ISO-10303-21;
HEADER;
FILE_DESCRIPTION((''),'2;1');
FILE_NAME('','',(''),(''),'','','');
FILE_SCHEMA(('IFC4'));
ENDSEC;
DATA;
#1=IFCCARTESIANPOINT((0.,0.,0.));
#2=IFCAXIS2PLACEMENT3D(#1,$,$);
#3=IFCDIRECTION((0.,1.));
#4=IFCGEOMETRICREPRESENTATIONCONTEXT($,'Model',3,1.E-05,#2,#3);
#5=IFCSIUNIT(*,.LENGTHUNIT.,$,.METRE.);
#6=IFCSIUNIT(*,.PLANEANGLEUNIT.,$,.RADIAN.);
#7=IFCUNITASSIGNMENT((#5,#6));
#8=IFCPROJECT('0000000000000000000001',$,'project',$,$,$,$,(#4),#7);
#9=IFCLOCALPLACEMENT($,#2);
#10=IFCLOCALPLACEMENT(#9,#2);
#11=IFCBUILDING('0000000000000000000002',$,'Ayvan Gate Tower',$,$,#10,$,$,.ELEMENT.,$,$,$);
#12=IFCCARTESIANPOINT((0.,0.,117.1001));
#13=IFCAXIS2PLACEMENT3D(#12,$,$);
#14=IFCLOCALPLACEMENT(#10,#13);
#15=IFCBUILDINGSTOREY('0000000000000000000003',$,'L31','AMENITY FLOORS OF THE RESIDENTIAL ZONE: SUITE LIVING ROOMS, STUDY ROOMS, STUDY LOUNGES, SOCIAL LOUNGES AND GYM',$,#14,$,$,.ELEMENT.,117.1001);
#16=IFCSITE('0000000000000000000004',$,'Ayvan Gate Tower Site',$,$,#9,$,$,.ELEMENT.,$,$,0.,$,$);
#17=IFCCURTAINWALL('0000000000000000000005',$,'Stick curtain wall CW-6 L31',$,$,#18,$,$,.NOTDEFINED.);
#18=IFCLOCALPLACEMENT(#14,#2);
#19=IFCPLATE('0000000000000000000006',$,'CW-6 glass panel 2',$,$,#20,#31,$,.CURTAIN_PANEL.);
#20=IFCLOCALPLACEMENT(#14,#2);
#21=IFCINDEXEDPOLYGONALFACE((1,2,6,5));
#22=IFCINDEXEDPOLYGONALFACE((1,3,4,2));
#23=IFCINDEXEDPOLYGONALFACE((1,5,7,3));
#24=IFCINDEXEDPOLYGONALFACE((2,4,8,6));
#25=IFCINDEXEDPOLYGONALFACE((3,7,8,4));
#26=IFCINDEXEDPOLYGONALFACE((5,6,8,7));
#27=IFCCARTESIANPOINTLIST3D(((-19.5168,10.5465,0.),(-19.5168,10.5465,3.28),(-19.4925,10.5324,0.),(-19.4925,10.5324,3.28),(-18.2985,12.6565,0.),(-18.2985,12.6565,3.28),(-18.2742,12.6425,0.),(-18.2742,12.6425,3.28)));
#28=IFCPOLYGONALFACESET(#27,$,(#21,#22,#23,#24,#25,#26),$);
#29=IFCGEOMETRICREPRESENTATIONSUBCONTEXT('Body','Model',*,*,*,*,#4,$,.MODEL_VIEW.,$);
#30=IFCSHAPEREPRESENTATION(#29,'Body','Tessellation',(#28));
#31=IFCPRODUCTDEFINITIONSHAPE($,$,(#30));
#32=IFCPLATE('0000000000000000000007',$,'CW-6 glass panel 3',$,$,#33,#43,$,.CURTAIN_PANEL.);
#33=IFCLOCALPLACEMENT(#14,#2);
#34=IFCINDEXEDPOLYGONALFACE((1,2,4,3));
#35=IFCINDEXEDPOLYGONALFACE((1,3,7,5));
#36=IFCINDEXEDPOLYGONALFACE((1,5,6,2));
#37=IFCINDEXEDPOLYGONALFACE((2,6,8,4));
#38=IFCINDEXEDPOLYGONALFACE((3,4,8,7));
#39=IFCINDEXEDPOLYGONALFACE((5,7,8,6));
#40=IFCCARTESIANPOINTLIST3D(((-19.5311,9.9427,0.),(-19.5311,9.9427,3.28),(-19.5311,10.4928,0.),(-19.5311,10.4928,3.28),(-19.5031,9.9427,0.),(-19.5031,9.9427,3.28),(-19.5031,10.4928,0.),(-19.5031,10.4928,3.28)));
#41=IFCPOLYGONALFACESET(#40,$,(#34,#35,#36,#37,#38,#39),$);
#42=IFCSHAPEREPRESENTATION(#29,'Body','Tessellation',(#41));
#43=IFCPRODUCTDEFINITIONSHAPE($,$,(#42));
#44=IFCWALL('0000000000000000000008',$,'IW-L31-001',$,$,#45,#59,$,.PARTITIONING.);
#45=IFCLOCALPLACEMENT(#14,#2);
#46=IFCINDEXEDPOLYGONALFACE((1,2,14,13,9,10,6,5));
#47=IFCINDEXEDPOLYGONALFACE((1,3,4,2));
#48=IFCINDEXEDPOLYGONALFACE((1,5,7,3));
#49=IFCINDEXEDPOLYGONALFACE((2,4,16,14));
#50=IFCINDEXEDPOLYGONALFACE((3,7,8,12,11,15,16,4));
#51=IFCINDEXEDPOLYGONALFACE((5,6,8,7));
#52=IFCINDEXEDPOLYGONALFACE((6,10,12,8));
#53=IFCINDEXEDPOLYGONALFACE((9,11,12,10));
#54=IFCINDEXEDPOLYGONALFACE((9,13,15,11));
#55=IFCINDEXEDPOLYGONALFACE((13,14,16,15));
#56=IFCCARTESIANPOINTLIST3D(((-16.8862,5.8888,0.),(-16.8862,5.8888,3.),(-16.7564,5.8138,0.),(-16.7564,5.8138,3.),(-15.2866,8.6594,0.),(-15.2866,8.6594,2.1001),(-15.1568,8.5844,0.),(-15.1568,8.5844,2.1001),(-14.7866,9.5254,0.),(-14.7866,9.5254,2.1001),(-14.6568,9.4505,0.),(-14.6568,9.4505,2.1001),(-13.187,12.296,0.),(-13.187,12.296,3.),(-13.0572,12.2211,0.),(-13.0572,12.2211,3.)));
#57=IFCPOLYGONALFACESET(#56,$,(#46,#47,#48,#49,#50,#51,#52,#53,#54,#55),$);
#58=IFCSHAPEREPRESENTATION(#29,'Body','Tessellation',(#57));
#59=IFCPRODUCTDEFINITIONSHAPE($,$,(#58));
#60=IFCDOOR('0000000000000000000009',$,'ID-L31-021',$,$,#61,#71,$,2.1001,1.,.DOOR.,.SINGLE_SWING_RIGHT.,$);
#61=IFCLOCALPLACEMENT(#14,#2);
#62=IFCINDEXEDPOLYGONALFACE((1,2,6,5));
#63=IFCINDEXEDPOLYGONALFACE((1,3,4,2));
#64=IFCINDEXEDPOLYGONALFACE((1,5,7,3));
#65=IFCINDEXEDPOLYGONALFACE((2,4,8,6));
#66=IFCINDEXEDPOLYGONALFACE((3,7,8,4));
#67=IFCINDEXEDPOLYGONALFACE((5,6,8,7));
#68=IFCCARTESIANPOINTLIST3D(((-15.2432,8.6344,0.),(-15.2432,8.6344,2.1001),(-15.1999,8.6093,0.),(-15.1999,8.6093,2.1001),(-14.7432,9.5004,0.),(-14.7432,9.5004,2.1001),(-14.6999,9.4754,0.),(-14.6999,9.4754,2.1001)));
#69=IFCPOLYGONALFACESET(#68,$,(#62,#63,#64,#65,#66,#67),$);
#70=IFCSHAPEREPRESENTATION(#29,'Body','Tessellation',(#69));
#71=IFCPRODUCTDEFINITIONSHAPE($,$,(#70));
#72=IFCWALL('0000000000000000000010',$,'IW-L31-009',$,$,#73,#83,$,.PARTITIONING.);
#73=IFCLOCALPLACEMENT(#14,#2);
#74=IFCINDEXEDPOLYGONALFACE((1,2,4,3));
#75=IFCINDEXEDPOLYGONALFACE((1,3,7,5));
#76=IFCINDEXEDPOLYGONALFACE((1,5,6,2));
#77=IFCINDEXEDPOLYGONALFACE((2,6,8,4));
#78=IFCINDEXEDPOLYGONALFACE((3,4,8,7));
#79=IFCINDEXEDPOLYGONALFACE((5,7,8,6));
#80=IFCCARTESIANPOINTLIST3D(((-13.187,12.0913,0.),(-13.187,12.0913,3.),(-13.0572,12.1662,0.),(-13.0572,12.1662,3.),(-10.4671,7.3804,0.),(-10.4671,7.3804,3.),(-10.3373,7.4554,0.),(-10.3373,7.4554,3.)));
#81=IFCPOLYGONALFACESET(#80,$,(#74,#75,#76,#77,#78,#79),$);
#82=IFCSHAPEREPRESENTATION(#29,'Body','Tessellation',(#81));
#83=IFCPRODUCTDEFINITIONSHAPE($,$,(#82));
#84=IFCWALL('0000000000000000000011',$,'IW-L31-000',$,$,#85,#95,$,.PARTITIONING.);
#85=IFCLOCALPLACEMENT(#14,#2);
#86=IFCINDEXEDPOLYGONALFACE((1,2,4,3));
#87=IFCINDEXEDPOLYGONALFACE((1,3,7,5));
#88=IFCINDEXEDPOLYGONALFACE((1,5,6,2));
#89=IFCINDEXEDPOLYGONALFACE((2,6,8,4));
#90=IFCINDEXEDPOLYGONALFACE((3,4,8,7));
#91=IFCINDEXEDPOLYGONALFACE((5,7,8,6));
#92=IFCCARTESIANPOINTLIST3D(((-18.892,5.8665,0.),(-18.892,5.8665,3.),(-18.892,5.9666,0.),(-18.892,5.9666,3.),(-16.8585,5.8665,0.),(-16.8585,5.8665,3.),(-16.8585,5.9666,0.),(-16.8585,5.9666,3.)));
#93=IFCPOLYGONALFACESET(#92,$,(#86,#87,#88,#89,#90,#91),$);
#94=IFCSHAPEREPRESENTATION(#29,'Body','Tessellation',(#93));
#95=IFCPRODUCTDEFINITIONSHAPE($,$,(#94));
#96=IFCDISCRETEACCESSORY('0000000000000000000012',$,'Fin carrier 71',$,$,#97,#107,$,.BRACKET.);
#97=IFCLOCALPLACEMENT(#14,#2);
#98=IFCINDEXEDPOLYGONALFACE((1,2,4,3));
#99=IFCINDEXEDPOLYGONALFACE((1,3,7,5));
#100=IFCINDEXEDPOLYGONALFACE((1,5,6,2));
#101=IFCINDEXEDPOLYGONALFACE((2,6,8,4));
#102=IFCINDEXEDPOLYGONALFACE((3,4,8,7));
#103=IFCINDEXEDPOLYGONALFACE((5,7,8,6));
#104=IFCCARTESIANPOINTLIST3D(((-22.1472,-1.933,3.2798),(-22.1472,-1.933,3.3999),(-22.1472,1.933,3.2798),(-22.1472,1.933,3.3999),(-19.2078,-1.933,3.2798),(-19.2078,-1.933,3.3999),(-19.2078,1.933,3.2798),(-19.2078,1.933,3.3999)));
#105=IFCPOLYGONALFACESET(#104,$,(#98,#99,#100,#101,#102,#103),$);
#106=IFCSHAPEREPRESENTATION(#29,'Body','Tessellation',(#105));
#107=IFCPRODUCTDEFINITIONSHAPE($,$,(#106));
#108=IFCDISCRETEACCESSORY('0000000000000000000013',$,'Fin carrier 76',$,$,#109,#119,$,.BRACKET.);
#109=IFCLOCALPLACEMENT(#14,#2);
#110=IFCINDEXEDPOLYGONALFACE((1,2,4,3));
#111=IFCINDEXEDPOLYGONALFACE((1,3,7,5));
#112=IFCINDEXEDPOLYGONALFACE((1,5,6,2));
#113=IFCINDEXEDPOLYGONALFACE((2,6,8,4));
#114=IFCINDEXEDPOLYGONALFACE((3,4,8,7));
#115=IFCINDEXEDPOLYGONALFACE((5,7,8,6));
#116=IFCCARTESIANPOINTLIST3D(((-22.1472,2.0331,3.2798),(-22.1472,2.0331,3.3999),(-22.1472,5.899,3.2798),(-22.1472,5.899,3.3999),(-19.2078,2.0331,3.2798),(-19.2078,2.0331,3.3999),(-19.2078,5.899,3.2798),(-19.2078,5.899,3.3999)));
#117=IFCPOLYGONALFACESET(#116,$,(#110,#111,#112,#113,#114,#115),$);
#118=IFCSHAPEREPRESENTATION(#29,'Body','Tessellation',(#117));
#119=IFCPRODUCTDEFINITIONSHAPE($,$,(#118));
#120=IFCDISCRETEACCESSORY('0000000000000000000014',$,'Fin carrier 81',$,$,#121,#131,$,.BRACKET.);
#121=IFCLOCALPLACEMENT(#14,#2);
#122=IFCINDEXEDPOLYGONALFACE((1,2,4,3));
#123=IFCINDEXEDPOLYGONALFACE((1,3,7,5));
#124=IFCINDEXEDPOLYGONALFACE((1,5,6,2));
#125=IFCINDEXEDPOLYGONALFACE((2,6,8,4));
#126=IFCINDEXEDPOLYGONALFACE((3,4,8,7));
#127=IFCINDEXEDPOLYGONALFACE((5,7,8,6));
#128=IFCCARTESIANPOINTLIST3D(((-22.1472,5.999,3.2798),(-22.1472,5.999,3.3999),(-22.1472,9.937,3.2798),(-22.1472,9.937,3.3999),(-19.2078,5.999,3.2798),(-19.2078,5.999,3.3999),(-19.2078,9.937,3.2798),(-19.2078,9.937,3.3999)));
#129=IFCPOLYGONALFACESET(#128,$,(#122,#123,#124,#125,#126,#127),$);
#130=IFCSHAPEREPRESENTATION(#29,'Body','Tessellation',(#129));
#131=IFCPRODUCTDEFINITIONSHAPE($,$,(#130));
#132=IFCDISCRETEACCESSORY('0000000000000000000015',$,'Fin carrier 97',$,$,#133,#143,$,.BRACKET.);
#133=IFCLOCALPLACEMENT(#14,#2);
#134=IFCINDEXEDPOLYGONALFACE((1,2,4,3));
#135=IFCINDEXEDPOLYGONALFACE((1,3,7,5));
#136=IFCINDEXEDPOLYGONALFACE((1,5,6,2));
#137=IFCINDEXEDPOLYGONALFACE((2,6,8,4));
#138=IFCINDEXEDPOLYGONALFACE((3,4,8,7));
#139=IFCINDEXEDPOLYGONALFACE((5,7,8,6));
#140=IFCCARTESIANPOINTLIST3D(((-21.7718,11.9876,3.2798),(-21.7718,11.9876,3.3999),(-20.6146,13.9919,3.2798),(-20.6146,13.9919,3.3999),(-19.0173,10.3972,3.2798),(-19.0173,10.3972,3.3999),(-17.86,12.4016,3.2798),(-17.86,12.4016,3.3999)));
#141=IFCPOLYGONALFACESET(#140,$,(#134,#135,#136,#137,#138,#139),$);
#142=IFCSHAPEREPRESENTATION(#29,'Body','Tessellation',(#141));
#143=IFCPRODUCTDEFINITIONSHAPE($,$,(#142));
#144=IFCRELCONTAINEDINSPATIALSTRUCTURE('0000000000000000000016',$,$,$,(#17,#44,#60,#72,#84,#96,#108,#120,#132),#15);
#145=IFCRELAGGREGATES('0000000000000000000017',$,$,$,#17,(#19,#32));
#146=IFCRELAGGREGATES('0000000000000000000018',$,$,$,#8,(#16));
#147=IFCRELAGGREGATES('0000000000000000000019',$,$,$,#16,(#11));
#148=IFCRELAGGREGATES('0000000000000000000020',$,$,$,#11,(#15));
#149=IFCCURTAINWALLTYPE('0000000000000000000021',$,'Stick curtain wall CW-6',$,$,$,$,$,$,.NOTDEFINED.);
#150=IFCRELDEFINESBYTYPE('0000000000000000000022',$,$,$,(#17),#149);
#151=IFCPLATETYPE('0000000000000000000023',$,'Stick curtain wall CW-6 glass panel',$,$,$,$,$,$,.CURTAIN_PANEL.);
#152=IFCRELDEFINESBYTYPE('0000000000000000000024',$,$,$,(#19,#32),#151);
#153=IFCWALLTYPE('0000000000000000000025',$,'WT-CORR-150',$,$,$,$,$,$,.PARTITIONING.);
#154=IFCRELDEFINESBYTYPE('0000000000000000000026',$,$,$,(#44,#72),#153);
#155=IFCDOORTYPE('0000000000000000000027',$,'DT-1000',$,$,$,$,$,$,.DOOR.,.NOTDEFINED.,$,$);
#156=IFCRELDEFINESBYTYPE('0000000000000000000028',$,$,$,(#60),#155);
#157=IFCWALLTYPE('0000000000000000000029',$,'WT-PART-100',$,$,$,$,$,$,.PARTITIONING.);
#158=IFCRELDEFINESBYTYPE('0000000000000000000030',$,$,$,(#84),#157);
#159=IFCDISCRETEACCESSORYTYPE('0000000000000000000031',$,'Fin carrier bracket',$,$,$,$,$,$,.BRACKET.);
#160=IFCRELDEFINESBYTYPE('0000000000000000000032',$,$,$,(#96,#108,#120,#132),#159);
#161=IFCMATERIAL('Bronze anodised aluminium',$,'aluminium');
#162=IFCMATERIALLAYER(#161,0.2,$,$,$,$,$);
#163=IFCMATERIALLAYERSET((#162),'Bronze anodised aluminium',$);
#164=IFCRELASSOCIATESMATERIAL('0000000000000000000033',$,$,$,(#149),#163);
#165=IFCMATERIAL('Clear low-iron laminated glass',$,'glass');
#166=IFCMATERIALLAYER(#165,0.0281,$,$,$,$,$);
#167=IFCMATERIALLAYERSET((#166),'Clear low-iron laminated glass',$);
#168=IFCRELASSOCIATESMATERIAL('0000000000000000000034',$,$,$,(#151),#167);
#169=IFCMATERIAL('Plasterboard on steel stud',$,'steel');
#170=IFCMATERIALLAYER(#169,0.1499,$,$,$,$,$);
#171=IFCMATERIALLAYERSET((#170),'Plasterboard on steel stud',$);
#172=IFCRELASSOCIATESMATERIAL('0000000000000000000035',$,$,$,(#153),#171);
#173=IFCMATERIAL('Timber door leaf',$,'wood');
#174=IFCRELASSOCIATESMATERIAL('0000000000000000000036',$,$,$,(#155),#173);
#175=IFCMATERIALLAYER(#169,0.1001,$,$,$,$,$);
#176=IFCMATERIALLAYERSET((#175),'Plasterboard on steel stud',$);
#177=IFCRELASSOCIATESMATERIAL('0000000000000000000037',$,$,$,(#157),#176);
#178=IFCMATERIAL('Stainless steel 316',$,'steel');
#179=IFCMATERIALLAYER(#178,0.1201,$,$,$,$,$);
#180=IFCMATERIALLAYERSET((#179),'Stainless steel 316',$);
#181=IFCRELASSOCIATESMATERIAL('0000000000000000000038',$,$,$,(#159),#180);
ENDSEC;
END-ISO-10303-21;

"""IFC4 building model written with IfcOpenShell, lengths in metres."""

from ifc_helpers import new_model, si_unit, direction, frame, frame_2d, origin, origin_2d, place, context, subcontext, project, spatial, rectangle, extrude, material, layer, layer_set, type_object, element, fill, aggregate, save


model = new_model("IFC4")

# Units and contexts
model_context = context("Model", 3, precision=1e-05, world=origin(), true_north=direction((0.0, 1.0)))
body_context = subcontext(model_context, "Body", "Model", "MODEL_VIEW")
ifc_project = project(units=[si_unit("LENGTHUNIT", "METRE"), si_unit("PLANEANGLEUNIT", "RADIAN")], contexts=[model_context])

# Site, building, storey
site_placement = place(None, origin())
site = spatial("IfcSite", under=ifc_project, at=site_placement, Name="Ayvan Gate Tower Site", CompositionType="ELEMENT", RefElevation=0.0)
building_placement = place(site_placement, origin())
building = spatial("IfcBuilding", under=site, at=building_placement, Name="Ayvan Gate Tower", CompositionType="ELEMENT")
storey_placement = place(building_placement, frame((0.0, 0.0, 117.1001)))
storey = spatial("IfcBuildingStorey", under=building, at=storey_placement, Name="L31", Description="AMENITY FLOORS OF THE RESIDENTIAL ZONE: SUITE LIVING ROOMS, STUDY ROOMS, STUDY LOUNGES, SOCIAL LOUNGES AND GYM", CompositionType="ELEMENT", Elevation=117.1001)

# Curtain wall
ifc_material_1 = material(Name="Bronze anodised aluminium", Category="aluminium")
ifc_layer_1 = layer(ifc_material_1, 0.2)
ifc_layer_set_1 = layer_set([ifc_layer_1], Name="Bronze anodised aluminium")
curtain_wall_type_1 = type_object("IfcCurtainWallType", Name="Stick curtain wall CW-6", PredefinedType="NOTDEFINED", material=ifc_layer_set_1)
curtain_wall_1_placement = place(storey_placement, origin())
curtain_wall_1 = element("IfcCurtainWall", 1, at=curtain_wall_1_placement, inside=storey, type_object=curtain_wall_type_1, Name="Stick curtain wall CW-6 L31", PredefinedType="NOTDEFINED")

# Plates
ifc_material_2 = material(Name="Clear low-iron laminated glass", Category="glass")
ifc_layer_2 = layer(ifc_material_2, 0.0281)
ifc_layer_set_2 = layer_set([ifc_layer_2], Name="Clear low-iron laminated glass")
plate_type_1 = type_object("IfcPlateType", Name="Stick curtain wall CW-6 glass panel", PredefinedType="CURTAIN_PANEL", material=ifc_layer_set_2)
plate_1_placement = place(storey_placement, frame((-18.8955, 11.5945, 0.0), z_axis=(0.0, 0.0, 1.0), x_axis=(-0.5, -0.866025, 0.0)))
plate_1 = element("IfcPlate", 2, at=plate_1_placement, type_object=plate_type_1, Name="CW-6 glass panel 2", PredefinedType="CURTAIN_PANEL", context=body_context, shape_type="SweptSolid", body=[
    extrude(rectangle(XDim=2.4365, YDim=0.0281, at=origin_2d()), origin(), (0.0, 0.0, 1.0), 3.28),
])
plate_2_placement = place(storey_placement, frame((-19.5171, 10.2178, 0.0), z_axis=(0.0, 0.0, 1.0), x_axis=(0.0, -1.0, 0.0)))
plate_2 = element("IfcPlate", 3, at=plate_2_placement, type_object=plate_type_1, Name="CW-6 glass panel 3", PredefinedType="CURTAIN_PANEL", context=body_context, shape_type="SweptSolid", body=[
    extrude(rectangle(XDim=0.55, YDim=0.0281, at=origin_2d()), origin(), (0.0, 0.0, 1.0), 3.28),
])
aggregate(curtain_wall_1, [plate_1, plate_2])

# Wall, opening, door
ifc_material_3 = material(Name="Plasterboard on steel stud", Category="steel")
ifc_layer_3 = layer(ifc_material_3, 0.1499)
ifc_layer_set_3 = layer_set([ifc_layer_3], Name="Plasterboard on steel stud")
wall_type_1 = type_object("IfcWallType", Name="WT-CORR-150", PredefinedType="PARTITIONING", material=ifc_layer_set_3)
wall_1_placement = place(storey_placement, frame((-16.8213, 5.8513, 0.0), z_axis=(0.0, 0.0, 1.0), x_axis=(0.5, 0.866025, 0.0)))
wall_1 = element("IfcWall", 4, at=wall_1_placement, inside=storey, type_object=wall_type_1, Name="IW-L31-001", PredefinedType="PARTITIONING", context=body_context, shape_type="SweptSolid", body=[
    extrude(rectangle(XDim=7.3984, YDim=0.1499, at=frame_2d((3.6992, 0.0))), origin(), (0.0, 0.0, 1.0), 3.0),
])
opening_placement = place(wall_1_placement, frame((3.1992, 0.0, 0.0)))
opening = element("IfcOpeningElement", 5, at=opening_placement, cuts=wall_1, PredefinedType="OPENING", context=body_context, shape_type="SweptSolid", body=[
    extrude(rectangle(XDim=1.0, YDim=2.1001, at=frame_2d((0.5, 1.05))), frame((0.0, 0.085, 0.0), z_axis=(0.0, -1.0, 0.0), x_axis=(1.0, 0.0, 0.0)), (0.0, 0.0, 1.0), 0.1699),
])
ifc_material_4 = material(Name="Timber door leaf", Category="wood")
door_type = type_object("IfcDoorType", Name="DT-1000", OperationType="NOTDEFINED", PredefinedType="DOOR", material=ifc_material_4)
door_placement = place(opening_placement, origin())
door = element("IfcDoor", 6, at=door_placement, inside=storey, type_object=door_type, Name="ID-L31-021", OperationType="SINGLE_SWING_RIGHT", OverallHeight=2.1001, OverallWidth=1.0, PredefinedType="DOOR", context=body_context, shape_type="SweptSolid", body=[
    extrude(rectangle(XDim=1.0, YDim=2.1001, at=frame_2d((0.5, 1.05))), frame((0.0, 0.0249, 0.0), z_axis=(0.0, -1.0, 0.0), x_axis=(1.0, 0.0, 0.0)), (0.0, 0.0, 1.0), 0.05),
])
fill(opening, door)

# Walls
wall_2_placement = place(storey_placement, frame((-13.1221, 12.1287, 0.0), z_axis=(0.0, 0.0, 1.0), x_axis=(0.500015, -0.866017, 0.0)))
element("IfcWall", 7, at=wall_2_placement, inside=storey, type_object=wall_type_1, Name="IW-L31-009", PredefinedType="PARTITIONING", context=body_context, shape_type="SweptSolid", body=[
    extrude(rectangle(XDim=5.4397, YDim=0.1499, at=frame_2d((2.7197, 0.0))), origin(), (0.0, 0.0, 1.0), 3.0),
])
ifc_layer_4 = layer(ifc_material_3, 0.1001)
ifc_layer_set_4 = layer_set([ifc_layer_4], Name="Plasterboard on steel stud")
wall_type_2 = type_object("IfcWallType", Name="WT-PART-100", PredefinedType="PARTITIONING", material=ifc_layer_set_4)
wall_3_placement = place(storey_placement, frame((-16.8586, 5.9165, 0.0), z_axis=(0.0, 0.0, 1.0), x_axis=(-1.0, 0.0, 0.0)))
element("IfcWall", 8, at=wall_3_placement, inside=storey, type_object=wall_type_2, Name="IW-L31-000", PredefinedType="PARTITIONING", context=body_context, shape_type="SweptSolid", body=[
    extrude(rectangle(XDim=2.0334, YDim=0.1001, at=frame_2d((1.0166, 0.0))), origin(), (0.0, 0.0, 1.0), 3.0),
])

# Discrete accessories
ifc_material_5 = material(Name="Stainless steel 316", Category="steel")
ifc_layer_5 = layer(ifc_material_5, 0.1201)
ifc_layer_set_5 = layer_set([ifc_layer_5], Name="Stainless steel 316")
discrete_accessory_type = type_object("IfcDiscreteAccessoryType", Name="Fin carrier bracket", PredefinedType="BRACKET", material=ifc_layer_set_5)
for number, where, z_axis, x_axis, name in (
    (9, (-20.6775, 0.0, 3.2798), (0.0, 0.0, 1.0), (0.0, -1.0, 0.0), "Fin carrier 71"),
    (10, (-20.6775, 3.9661, 3.2798), (0.0, 0.0, 1.0), (0.0, -1.0, 0.0), "Fin carrier 76"),
):
    element("IfcDiscreteAccessory", number, at=place(storey_placement, frame(where, z_axis=z_axis, x_axis=x_axis)), inside=storey, type_object=discrete_accessory_type, Name=name, PredefinedType="BRACKET", context=body_context, shape_type="SweptSolid", body=[
        extrude(rectangle(XDim=3.866, YDim=2.9395, at=origin_2d()), origin(), (0.0, 0.0, 1.0), 0.1201),
    ])
discrete_accessory_1_placement = place(storey_placement, frame((-20.6775, 7.968, 3.2798), z_axis=(0.0, 0.0, 1.0), x_axis=(0.0, -1.0, 0.0)))
element("IfcDiscreteAccessory", 11, at=discrete_accessory_1_placement, inside=storey, type_object=discrete_accessory_type, Name="Fin carrier 81", PredefinedType="BRACKET", context=body_context, shape_type="SweptSolid", body=[
    extrude(rectangle(XDim=3.938, YDim=2.9395, at=origin_2d()), origin(), (0.0, 0.0, 1.0), 0.1201),
])
discrete_accessory_2_placement = place(storey_placement, frame((-19.8159, 12.1946, 3.2798), z_axis=(0.0, 0.0, 1.0), x_axis=(-0.5, -0.866025, 0.0)))
element("IfcDiscreteAccessory", 12, at=discrete_accessory_2_placement, inside=storey, type_object=discrete_accessory_type, Name="Fin carrier 97", PredefinedType="BRACKET", context=body_context, shape_type="SweptSolid", body=[
    extrude(rectangle(XDim=2.3145, YDim=3.1807, at=origin_2d()), origin(), (0.0, 0.0, 1.0), 0.1201),
])

save(model, "model.ifc")
